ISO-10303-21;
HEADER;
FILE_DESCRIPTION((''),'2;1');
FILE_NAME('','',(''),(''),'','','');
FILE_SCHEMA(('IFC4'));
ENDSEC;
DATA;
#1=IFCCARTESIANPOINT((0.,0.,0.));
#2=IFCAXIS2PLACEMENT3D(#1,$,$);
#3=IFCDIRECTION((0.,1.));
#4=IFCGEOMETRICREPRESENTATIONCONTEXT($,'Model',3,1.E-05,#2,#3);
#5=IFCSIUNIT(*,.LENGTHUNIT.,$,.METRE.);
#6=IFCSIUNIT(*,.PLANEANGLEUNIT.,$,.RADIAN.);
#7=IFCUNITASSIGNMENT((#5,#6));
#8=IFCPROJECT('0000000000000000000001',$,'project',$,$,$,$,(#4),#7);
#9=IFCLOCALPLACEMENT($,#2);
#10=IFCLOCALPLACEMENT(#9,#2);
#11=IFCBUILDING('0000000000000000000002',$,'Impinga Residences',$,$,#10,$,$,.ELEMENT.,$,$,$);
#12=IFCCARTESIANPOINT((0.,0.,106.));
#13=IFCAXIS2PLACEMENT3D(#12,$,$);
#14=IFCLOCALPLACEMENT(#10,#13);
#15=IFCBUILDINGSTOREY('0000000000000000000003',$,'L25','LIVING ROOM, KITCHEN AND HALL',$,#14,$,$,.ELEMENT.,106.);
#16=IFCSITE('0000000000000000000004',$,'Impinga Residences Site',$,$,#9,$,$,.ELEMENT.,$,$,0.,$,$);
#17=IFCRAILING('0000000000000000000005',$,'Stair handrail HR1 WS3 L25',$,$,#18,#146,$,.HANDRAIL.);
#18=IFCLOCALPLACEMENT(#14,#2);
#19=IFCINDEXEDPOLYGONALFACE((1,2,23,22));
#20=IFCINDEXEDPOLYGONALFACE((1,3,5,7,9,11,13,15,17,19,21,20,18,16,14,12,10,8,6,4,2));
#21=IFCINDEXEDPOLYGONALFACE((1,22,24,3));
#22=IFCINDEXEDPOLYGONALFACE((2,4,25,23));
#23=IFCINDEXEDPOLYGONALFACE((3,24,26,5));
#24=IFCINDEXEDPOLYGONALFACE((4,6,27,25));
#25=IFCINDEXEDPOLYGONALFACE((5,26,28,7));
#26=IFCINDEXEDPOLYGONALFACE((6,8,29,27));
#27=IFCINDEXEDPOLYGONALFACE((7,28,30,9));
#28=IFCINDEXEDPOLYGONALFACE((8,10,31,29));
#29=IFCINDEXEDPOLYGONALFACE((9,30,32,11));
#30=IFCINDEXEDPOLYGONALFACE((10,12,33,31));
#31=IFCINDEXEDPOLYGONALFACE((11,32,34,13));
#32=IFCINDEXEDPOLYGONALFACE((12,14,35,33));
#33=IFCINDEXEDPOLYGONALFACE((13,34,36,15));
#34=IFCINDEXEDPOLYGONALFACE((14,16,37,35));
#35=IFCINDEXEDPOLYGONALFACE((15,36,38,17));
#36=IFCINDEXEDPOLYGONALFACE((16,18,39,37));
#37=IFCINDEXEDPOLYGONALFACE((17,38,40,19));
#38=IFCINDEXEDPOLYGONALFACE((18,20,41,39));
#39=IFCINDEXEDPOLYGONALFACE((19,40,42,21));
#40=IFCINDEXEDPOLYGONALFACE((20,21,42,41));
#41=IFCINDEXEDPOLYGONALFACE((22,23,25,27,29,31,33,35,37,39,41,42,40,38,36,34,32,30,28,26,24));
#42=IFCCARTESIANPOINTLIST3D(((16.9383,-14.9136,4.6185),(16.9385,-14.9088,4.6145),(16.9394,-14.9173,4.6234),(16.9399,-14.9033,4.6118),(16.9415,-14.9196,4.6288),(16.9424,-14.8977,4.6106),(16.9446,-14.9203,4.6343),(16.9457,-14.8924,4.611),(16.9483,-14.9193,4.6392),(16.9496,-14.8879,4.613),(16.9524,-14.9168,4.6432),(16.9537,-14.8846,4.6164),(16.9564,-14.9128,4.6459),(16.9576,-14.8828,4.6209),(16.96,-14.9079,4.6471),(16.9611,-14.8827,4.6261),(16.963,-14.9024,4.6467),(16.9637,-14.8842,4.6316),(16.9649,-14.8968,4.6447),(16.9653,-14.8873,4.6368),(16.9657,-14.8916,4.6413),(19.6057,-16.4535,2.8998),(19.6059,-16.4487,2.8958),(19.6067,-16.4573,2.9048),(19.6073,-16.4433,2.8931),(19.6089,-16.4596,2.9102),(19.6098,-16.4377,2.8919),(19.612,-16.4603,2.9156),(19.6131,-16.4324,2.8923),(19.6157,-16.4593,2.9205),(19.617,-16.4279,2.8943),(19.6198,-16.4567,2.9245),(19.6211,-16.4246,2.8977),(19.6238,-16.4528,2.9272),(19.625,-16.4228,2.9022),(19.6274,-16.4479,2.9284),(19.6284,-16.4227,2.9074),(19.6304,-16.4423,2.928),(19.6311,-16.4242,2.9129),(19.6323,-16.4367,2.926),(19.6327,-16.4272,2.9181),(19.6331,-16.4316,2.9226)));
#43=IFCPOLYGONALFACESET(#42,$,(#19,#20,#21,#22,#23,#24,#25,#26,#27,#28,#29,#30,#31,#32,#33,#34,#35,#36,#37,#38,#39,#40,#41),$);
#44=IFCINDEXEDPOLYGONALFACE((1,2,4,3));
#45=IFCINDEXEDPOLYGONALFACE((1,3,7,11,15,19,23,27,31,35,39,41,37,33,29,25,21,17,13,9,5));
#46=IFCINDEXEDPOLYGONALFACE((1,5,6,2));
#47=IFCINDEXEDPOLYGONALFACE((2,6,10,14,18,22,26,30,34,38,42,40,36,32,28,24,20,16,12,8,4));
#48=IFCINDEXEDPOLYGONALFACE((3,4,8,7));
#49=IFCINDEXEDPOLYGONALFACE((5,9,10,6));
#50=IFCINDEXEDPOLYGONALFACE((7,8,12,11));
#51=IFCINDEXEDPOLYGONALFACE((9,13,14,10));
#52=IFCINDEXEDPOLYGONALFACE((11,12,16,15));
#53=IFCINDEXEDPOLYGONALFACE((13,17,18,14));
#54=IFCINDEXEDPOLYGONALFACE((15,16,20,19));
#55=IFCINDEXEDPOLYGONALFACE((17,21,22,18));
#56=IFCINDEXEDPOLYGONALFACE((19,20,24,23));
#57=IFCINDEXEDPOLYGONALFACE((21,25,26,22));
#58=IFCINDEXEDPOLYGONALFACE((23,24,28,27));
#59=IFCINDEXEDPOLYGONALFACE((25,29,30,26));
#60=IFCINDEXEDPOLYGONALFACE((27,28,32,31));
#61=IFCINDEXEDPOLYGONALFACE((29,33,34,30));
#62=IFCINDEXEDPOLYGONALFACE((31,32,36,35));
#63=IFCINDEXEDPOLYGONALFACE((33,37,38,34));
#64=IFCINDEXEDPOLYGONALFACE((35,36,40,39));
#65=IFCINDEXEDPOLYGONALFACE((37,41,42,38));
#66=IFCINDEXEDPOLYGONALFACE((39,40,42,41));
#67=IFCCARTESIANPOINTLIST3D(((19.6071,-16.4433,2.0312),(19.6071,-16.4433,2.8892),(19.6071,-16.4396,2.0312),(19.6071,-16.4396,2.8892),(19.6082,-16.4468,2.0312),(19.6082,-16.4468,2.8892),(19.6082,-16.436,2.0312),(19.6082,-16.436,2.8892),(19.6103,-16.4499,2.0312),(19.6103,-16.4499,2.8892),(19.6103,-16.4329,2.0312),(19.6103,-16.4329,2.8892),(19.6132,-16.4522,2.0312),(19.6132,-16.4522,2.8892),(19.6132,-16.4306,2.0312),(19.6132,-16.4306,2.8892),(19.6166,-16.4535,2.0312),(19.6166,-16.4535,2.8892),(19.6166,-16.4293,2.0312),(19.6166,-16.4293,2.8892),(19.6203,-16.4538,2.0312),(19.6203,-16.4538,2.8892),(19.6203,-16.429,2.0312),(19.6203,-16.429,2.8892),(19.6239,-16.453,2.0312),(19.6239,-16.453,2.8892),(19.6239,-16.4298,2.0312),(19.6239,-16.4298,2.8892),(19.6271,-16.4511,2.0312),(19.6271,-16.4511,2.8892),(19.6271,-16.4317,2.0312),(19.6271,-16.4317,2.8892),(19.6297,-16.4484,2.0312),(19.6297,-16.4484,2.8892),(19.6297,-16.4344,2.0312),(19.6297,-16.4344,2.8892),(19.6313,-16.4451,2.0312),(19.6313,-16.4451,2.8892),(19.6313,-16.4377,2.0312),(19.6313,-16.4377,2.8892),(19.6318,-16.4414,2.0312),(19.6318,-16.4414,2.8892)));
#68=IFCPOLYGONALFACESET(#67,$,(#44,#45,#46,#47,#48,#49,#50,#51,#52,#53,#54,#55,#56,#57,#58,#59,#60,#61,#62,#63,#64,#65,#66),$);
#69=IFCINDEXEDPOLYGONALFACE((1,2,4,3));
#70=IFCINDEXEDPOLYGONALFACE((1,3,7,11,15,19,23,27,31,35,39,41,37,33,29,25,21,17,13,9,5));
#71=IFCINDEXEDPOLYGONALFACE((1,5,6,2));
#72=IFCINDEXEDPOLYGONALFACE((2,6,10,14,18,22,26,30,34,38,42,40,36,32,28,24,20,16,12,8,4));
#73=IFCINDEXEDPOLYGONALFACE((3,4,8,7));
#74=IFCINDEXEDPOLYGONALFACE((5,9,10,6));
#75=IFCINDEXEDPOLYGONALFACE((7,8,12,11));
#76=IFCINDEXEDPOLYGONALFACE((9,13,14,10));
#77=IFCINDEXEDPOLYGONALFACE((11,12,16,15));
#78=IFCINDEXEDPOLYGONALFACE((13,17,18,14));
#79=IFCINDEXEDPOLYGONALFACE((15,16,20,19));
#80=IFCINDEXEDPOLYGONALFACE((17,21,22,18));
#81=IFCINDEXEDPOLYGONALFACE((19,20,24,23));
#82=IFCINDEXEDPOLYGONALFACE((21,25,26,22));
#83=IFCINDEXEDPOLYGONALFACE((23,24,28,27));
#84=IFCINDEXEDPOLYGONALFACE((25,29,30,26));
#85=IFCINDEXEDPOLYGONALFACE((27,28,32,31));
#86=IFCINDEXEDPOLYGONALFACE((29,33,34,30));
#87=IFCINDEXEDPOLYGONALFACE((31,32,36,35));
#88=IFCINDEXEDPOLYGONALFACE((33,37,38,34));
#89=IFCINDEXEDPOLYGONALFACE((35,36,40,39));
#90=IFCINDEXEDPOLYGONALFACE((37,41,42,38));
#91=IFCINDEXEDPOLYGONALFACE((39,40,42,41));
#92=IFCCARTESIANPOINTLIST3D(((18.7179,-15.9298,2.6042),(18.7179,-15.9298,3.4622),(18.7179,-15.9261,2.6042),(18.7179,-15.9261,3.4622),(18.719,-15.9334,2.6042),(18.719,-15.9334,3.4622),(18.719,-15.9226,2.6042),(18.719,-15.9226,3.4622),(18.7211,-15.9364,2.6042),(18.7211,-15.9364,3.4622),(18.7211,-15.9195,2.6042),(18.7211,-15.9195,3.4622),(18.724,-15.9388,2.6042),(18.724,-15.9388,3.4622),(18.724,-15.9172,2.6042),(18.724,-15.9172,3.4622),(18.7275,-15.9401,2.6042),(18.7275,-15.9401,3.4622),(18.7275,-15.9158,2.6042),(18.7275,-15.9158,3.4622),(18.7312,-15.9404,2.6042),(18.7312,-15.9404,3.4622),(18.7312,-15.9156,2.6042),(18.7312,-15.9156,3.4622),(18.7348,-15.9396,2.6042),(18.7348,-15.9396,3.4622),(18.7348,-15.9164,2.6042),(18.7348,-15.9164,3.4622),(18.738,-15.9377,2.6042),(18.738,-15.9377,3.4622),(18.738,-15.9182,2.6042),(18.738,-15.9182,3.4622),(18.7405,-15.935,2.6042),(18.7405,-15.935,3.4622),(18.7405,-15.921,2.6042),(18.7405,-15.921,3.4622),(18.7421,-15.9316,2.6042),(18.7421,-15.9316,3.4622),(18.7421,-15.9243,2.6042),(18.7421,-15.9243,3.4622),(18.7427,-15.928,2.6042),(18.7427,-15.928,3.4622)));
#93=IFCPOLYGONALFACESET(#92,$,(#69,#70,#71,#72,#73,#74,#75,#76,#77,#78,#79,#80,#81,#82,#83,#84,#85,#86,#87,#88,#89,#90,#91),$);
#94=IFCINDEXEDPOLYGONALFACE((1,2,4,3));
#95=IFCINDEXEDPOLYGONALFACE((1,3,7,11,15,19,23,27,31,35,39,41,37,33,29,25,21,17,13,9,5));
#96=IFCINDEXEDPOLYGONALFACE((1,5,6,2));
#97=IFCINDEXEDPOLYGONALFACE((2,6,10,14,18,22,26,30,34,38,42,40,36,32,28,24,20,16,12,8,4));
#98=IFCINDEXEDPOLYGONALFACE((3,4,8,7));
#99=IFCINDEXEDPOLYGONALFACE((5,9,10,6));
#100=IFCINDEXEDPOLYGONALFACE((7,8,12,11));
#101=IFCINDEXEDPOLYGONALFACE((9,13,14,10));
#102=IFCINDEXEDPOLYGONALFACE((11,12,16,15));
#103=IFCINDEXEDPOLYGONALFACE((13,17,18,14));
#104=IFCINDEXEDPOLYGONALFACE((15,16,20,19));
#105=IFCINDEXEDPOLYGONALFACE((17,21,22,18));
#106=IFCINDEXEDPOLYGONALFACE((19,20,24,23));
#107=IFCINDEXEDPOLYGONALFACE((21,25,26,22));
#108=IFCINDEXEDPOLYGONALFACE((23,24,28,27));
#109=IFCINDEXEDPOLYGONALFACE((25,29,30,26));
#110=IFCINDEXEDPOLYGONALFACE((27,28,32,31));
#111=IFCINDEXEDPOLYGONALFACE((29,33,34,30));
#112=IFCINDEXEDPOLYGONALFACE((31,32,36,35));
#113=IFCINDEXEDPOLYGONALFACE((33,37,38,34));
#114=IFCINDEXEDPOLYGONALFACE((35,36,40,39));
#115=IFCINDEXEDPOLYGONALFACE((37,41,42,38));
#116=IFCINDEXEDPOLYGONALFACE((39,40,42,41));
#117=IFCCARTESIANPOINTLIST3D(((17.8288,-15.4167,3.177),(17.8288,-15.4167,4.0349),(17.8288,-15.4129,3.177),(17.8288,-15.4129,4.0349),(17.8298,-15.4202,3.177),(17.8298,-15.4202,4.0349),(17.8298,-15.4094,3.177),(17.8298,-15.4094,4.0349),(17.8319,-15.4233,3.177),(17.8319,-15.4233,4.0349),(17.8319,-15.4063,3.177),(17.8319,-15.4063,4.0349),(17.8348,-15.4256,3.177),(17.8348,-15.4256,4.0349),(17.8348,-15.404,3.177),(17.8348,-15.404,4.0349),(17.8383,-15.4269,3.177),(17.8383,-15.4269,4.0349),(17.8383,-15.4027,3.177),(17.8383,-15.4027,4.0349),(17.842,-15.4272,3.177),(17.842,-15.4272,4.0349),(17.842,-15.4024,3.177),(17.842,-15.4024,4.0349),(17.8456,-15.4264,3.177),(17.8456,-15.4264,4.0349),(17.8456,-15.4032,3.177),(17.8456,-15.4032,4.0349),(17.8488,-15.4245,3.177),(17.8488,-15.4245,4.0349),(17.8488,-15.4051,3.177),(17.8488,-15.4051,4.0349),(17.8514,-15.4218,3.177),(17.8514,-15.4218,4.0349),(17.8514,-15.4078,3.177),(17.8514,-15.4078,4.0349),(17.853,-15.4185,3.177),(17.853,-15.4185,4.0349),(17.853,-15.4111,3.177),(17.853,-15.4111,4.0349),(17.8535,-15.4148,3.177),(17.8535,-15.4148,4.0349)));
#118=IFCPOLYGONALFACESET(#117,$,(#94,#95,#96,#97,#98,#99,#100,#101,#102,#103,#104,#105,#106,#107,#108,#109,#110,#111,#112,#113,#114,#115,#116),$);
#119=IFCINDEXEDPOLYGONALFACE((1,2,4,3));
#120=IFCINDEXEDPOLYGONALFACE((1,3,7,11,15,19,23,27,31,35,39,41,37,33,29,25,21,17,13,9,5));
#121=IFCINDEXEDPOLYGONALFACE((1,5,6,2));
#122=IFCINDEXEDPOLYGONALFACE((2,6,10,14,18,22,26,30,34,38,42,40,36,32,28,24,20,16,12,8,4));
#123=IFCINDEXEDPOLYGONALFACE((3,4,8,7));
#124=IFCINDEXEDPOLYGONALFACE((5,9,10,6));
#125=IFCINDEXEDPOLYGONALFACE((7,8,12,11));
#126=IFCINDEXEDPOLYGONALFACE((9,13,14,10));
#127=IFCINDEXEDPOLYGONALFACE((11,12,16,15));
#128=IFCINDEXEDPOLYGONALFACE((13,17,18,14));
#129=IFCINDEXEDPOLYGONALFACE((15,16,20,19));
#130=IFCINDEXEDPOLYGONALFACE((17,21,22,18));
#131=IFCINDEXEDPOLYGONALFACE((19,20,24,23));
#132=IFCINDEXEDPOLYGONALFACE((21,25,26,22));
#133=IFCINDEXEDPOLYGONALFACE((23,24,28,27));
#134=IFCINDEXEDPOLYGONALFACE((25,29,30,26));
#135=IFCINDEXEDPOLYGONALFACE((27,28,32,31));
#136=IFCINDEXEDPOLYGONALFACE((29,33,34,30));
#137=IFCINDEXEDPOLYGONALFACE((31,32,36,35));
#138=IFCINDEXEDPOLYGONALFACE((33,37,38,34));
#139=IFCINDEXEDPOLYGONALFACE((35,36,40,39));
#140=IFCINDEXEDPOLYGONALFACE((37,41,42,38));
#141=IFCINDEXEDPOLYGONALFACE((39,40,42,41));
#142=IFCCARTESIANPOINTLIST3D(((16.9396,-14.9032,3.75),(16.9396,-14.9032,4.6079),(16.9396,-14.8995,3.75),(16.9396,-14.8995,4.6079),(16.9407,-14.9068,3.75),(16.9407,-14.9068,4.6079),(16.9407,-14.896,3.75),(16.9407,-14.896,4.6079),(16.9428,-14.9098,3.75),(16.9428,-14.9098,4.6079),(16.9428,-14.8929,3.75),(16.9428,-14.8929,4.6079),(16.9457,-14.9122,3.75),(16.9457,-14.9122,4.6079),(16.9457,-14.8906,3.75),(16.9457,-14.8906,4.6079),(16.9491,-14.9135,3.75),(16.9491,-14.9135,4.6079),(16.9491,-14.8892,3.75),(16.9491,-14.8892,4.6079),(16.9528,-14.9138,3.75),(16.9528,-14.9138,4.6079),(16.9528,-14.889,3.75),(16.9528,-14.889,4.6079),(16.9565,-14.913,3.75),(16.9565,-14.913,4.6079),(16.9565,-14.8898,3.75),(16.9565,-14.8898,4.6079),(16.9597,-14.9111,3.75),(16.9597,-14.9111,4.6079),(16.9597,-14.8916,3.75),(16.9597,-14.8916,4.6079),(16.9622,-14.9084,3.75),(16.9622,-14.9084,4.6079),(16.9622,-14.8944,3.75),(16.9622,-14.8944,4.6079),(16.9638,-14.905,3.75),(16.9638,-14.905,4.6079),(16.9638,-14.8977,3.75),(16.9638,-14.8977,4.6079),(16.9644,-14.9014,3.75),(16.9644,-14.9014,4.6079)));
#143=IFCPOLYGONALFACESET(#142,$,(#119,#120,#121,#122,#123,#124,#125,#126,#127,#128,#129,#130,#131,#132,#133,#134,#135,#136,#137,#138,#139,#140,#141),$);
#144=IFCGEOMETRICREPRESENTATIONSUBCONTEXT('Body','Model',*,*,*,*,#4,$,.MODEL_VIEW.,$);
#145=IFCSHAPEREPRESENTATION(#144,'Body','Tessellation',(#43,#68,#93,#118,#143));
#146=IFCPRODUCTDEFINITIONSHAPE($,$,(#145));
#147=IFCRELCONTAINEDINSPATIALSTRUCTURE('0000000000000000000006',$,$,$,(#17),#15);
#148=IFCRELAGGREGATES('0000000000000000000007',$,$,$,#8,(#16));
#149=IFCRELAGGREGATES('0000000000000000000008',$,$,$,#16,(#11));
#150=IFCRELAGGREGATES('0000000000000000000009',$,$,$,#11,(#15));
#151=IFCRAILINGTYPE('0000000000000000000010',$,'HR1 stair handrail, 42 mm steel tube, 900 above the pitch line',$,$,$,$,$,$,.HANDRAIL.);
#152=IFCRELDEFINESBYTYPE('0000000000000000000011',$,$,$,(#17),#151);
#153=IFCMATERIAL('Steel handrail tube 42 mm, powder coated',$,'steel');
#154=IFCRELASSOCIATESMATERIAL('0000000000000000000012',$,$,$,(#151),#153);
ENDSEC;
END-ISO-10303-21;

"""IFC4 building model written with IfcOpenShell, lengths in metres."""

from ifc_helpers import new_model, si_unit, direction, frame, origin, origin_2d, place, context, subcontext, project, spatial, circle, extrude, material, type_object, element, save


model = new_model("IFC4")

# Units and contexts
model_context = context("Model", 3, precision=1e-05, world=origin(), true_north=direction((0.0, 1.0)))
body_context = subcontext(model_context, "Body", "Model", "MODEL_VIEW")
ifc_project = project(units=[si_unit("LENGTHUNIT", "METRE"), si_unit("PLANEANGLEUNIT", "RADIAN")], contexts=[model_context])

# Site, building, storey
site_placement = place(None, origin())
site = spatial("IfcSite", under=ifc_project, at=site_placement, Name="Impinga Residences Site", CompositionType="ELEMENT", RefElevation=0.0)
building_placement = place(site_placement, origin())
building = spatial("IfcBuilding", under=site, at=building_placement, Name="Impinga Residences", CompositionType="ELEMENT")
storey_placement = place(building_placement, frame((0.0, 0.0, 106.0)))
storey = spatial("IfcBuildingStorey", under=building, at=storey_placement, Name="L25", Description="LIVING ROOM, KITCHEN AND HALL", CompositionType="ELEMENT", Elevation=106.0)

# Railing
ifc_material_1 = material(Name="Steel handrail tube 42 mm, powder coated", Category="steel")
railing_type_1 = type_object("IfcRailingType", Name="HR1 stair handrail, 42 mm steel tube, 900 above the pitch line", PredefinedType="HANDRAIL", material=ifc_material_1)
railing_1_placement = place(storey_placement, frame((19.6194, -16.4414, 2.0312)))
element("IfcRailing", 1, at=railing_1_placement, inside=storey, type_object=railing_type_1, Name="Stair handrail HR1 WS3 L25", PredefinedType="HANDRAIL", context=body_context, shape_type="SweptSolid", body=[
    extrude(circle(Radius=0.021, at=origin_2d()), frame((0.0, 0.0, 0.8789), z_axis=(-0.756256, 0.436616, 0.487282), x_axis=(-0.499992, -0.86603, 0.0)), (0.0, 0.0, 1.0), 3.5271),
    extrude(circle(Radius=0.0125, at=origin_2d()), origin(), (0.0, 0.0, 1.0), 0.8579),
    extrude(circle(Radius=0.0125, at=origin_2d()), frame((-0.8892, 0.5134, 0.573)), (0.0, 0.0, 1.0), 0.8579),
    extrude(circle(Radius=0.0125, at=origin_2d()), frame((-1.7783, 1.0266, 1.1458)), (0.0, 0.0, 1.0), 0.8579),
    extrude(circle(Radius=0.0125, at=origin_2d()), frame((-2.6675, 1.54, 1.7188)), (0.0, 0.0, 1.0), 0.8579),
])

save(model, "model.ifc")
